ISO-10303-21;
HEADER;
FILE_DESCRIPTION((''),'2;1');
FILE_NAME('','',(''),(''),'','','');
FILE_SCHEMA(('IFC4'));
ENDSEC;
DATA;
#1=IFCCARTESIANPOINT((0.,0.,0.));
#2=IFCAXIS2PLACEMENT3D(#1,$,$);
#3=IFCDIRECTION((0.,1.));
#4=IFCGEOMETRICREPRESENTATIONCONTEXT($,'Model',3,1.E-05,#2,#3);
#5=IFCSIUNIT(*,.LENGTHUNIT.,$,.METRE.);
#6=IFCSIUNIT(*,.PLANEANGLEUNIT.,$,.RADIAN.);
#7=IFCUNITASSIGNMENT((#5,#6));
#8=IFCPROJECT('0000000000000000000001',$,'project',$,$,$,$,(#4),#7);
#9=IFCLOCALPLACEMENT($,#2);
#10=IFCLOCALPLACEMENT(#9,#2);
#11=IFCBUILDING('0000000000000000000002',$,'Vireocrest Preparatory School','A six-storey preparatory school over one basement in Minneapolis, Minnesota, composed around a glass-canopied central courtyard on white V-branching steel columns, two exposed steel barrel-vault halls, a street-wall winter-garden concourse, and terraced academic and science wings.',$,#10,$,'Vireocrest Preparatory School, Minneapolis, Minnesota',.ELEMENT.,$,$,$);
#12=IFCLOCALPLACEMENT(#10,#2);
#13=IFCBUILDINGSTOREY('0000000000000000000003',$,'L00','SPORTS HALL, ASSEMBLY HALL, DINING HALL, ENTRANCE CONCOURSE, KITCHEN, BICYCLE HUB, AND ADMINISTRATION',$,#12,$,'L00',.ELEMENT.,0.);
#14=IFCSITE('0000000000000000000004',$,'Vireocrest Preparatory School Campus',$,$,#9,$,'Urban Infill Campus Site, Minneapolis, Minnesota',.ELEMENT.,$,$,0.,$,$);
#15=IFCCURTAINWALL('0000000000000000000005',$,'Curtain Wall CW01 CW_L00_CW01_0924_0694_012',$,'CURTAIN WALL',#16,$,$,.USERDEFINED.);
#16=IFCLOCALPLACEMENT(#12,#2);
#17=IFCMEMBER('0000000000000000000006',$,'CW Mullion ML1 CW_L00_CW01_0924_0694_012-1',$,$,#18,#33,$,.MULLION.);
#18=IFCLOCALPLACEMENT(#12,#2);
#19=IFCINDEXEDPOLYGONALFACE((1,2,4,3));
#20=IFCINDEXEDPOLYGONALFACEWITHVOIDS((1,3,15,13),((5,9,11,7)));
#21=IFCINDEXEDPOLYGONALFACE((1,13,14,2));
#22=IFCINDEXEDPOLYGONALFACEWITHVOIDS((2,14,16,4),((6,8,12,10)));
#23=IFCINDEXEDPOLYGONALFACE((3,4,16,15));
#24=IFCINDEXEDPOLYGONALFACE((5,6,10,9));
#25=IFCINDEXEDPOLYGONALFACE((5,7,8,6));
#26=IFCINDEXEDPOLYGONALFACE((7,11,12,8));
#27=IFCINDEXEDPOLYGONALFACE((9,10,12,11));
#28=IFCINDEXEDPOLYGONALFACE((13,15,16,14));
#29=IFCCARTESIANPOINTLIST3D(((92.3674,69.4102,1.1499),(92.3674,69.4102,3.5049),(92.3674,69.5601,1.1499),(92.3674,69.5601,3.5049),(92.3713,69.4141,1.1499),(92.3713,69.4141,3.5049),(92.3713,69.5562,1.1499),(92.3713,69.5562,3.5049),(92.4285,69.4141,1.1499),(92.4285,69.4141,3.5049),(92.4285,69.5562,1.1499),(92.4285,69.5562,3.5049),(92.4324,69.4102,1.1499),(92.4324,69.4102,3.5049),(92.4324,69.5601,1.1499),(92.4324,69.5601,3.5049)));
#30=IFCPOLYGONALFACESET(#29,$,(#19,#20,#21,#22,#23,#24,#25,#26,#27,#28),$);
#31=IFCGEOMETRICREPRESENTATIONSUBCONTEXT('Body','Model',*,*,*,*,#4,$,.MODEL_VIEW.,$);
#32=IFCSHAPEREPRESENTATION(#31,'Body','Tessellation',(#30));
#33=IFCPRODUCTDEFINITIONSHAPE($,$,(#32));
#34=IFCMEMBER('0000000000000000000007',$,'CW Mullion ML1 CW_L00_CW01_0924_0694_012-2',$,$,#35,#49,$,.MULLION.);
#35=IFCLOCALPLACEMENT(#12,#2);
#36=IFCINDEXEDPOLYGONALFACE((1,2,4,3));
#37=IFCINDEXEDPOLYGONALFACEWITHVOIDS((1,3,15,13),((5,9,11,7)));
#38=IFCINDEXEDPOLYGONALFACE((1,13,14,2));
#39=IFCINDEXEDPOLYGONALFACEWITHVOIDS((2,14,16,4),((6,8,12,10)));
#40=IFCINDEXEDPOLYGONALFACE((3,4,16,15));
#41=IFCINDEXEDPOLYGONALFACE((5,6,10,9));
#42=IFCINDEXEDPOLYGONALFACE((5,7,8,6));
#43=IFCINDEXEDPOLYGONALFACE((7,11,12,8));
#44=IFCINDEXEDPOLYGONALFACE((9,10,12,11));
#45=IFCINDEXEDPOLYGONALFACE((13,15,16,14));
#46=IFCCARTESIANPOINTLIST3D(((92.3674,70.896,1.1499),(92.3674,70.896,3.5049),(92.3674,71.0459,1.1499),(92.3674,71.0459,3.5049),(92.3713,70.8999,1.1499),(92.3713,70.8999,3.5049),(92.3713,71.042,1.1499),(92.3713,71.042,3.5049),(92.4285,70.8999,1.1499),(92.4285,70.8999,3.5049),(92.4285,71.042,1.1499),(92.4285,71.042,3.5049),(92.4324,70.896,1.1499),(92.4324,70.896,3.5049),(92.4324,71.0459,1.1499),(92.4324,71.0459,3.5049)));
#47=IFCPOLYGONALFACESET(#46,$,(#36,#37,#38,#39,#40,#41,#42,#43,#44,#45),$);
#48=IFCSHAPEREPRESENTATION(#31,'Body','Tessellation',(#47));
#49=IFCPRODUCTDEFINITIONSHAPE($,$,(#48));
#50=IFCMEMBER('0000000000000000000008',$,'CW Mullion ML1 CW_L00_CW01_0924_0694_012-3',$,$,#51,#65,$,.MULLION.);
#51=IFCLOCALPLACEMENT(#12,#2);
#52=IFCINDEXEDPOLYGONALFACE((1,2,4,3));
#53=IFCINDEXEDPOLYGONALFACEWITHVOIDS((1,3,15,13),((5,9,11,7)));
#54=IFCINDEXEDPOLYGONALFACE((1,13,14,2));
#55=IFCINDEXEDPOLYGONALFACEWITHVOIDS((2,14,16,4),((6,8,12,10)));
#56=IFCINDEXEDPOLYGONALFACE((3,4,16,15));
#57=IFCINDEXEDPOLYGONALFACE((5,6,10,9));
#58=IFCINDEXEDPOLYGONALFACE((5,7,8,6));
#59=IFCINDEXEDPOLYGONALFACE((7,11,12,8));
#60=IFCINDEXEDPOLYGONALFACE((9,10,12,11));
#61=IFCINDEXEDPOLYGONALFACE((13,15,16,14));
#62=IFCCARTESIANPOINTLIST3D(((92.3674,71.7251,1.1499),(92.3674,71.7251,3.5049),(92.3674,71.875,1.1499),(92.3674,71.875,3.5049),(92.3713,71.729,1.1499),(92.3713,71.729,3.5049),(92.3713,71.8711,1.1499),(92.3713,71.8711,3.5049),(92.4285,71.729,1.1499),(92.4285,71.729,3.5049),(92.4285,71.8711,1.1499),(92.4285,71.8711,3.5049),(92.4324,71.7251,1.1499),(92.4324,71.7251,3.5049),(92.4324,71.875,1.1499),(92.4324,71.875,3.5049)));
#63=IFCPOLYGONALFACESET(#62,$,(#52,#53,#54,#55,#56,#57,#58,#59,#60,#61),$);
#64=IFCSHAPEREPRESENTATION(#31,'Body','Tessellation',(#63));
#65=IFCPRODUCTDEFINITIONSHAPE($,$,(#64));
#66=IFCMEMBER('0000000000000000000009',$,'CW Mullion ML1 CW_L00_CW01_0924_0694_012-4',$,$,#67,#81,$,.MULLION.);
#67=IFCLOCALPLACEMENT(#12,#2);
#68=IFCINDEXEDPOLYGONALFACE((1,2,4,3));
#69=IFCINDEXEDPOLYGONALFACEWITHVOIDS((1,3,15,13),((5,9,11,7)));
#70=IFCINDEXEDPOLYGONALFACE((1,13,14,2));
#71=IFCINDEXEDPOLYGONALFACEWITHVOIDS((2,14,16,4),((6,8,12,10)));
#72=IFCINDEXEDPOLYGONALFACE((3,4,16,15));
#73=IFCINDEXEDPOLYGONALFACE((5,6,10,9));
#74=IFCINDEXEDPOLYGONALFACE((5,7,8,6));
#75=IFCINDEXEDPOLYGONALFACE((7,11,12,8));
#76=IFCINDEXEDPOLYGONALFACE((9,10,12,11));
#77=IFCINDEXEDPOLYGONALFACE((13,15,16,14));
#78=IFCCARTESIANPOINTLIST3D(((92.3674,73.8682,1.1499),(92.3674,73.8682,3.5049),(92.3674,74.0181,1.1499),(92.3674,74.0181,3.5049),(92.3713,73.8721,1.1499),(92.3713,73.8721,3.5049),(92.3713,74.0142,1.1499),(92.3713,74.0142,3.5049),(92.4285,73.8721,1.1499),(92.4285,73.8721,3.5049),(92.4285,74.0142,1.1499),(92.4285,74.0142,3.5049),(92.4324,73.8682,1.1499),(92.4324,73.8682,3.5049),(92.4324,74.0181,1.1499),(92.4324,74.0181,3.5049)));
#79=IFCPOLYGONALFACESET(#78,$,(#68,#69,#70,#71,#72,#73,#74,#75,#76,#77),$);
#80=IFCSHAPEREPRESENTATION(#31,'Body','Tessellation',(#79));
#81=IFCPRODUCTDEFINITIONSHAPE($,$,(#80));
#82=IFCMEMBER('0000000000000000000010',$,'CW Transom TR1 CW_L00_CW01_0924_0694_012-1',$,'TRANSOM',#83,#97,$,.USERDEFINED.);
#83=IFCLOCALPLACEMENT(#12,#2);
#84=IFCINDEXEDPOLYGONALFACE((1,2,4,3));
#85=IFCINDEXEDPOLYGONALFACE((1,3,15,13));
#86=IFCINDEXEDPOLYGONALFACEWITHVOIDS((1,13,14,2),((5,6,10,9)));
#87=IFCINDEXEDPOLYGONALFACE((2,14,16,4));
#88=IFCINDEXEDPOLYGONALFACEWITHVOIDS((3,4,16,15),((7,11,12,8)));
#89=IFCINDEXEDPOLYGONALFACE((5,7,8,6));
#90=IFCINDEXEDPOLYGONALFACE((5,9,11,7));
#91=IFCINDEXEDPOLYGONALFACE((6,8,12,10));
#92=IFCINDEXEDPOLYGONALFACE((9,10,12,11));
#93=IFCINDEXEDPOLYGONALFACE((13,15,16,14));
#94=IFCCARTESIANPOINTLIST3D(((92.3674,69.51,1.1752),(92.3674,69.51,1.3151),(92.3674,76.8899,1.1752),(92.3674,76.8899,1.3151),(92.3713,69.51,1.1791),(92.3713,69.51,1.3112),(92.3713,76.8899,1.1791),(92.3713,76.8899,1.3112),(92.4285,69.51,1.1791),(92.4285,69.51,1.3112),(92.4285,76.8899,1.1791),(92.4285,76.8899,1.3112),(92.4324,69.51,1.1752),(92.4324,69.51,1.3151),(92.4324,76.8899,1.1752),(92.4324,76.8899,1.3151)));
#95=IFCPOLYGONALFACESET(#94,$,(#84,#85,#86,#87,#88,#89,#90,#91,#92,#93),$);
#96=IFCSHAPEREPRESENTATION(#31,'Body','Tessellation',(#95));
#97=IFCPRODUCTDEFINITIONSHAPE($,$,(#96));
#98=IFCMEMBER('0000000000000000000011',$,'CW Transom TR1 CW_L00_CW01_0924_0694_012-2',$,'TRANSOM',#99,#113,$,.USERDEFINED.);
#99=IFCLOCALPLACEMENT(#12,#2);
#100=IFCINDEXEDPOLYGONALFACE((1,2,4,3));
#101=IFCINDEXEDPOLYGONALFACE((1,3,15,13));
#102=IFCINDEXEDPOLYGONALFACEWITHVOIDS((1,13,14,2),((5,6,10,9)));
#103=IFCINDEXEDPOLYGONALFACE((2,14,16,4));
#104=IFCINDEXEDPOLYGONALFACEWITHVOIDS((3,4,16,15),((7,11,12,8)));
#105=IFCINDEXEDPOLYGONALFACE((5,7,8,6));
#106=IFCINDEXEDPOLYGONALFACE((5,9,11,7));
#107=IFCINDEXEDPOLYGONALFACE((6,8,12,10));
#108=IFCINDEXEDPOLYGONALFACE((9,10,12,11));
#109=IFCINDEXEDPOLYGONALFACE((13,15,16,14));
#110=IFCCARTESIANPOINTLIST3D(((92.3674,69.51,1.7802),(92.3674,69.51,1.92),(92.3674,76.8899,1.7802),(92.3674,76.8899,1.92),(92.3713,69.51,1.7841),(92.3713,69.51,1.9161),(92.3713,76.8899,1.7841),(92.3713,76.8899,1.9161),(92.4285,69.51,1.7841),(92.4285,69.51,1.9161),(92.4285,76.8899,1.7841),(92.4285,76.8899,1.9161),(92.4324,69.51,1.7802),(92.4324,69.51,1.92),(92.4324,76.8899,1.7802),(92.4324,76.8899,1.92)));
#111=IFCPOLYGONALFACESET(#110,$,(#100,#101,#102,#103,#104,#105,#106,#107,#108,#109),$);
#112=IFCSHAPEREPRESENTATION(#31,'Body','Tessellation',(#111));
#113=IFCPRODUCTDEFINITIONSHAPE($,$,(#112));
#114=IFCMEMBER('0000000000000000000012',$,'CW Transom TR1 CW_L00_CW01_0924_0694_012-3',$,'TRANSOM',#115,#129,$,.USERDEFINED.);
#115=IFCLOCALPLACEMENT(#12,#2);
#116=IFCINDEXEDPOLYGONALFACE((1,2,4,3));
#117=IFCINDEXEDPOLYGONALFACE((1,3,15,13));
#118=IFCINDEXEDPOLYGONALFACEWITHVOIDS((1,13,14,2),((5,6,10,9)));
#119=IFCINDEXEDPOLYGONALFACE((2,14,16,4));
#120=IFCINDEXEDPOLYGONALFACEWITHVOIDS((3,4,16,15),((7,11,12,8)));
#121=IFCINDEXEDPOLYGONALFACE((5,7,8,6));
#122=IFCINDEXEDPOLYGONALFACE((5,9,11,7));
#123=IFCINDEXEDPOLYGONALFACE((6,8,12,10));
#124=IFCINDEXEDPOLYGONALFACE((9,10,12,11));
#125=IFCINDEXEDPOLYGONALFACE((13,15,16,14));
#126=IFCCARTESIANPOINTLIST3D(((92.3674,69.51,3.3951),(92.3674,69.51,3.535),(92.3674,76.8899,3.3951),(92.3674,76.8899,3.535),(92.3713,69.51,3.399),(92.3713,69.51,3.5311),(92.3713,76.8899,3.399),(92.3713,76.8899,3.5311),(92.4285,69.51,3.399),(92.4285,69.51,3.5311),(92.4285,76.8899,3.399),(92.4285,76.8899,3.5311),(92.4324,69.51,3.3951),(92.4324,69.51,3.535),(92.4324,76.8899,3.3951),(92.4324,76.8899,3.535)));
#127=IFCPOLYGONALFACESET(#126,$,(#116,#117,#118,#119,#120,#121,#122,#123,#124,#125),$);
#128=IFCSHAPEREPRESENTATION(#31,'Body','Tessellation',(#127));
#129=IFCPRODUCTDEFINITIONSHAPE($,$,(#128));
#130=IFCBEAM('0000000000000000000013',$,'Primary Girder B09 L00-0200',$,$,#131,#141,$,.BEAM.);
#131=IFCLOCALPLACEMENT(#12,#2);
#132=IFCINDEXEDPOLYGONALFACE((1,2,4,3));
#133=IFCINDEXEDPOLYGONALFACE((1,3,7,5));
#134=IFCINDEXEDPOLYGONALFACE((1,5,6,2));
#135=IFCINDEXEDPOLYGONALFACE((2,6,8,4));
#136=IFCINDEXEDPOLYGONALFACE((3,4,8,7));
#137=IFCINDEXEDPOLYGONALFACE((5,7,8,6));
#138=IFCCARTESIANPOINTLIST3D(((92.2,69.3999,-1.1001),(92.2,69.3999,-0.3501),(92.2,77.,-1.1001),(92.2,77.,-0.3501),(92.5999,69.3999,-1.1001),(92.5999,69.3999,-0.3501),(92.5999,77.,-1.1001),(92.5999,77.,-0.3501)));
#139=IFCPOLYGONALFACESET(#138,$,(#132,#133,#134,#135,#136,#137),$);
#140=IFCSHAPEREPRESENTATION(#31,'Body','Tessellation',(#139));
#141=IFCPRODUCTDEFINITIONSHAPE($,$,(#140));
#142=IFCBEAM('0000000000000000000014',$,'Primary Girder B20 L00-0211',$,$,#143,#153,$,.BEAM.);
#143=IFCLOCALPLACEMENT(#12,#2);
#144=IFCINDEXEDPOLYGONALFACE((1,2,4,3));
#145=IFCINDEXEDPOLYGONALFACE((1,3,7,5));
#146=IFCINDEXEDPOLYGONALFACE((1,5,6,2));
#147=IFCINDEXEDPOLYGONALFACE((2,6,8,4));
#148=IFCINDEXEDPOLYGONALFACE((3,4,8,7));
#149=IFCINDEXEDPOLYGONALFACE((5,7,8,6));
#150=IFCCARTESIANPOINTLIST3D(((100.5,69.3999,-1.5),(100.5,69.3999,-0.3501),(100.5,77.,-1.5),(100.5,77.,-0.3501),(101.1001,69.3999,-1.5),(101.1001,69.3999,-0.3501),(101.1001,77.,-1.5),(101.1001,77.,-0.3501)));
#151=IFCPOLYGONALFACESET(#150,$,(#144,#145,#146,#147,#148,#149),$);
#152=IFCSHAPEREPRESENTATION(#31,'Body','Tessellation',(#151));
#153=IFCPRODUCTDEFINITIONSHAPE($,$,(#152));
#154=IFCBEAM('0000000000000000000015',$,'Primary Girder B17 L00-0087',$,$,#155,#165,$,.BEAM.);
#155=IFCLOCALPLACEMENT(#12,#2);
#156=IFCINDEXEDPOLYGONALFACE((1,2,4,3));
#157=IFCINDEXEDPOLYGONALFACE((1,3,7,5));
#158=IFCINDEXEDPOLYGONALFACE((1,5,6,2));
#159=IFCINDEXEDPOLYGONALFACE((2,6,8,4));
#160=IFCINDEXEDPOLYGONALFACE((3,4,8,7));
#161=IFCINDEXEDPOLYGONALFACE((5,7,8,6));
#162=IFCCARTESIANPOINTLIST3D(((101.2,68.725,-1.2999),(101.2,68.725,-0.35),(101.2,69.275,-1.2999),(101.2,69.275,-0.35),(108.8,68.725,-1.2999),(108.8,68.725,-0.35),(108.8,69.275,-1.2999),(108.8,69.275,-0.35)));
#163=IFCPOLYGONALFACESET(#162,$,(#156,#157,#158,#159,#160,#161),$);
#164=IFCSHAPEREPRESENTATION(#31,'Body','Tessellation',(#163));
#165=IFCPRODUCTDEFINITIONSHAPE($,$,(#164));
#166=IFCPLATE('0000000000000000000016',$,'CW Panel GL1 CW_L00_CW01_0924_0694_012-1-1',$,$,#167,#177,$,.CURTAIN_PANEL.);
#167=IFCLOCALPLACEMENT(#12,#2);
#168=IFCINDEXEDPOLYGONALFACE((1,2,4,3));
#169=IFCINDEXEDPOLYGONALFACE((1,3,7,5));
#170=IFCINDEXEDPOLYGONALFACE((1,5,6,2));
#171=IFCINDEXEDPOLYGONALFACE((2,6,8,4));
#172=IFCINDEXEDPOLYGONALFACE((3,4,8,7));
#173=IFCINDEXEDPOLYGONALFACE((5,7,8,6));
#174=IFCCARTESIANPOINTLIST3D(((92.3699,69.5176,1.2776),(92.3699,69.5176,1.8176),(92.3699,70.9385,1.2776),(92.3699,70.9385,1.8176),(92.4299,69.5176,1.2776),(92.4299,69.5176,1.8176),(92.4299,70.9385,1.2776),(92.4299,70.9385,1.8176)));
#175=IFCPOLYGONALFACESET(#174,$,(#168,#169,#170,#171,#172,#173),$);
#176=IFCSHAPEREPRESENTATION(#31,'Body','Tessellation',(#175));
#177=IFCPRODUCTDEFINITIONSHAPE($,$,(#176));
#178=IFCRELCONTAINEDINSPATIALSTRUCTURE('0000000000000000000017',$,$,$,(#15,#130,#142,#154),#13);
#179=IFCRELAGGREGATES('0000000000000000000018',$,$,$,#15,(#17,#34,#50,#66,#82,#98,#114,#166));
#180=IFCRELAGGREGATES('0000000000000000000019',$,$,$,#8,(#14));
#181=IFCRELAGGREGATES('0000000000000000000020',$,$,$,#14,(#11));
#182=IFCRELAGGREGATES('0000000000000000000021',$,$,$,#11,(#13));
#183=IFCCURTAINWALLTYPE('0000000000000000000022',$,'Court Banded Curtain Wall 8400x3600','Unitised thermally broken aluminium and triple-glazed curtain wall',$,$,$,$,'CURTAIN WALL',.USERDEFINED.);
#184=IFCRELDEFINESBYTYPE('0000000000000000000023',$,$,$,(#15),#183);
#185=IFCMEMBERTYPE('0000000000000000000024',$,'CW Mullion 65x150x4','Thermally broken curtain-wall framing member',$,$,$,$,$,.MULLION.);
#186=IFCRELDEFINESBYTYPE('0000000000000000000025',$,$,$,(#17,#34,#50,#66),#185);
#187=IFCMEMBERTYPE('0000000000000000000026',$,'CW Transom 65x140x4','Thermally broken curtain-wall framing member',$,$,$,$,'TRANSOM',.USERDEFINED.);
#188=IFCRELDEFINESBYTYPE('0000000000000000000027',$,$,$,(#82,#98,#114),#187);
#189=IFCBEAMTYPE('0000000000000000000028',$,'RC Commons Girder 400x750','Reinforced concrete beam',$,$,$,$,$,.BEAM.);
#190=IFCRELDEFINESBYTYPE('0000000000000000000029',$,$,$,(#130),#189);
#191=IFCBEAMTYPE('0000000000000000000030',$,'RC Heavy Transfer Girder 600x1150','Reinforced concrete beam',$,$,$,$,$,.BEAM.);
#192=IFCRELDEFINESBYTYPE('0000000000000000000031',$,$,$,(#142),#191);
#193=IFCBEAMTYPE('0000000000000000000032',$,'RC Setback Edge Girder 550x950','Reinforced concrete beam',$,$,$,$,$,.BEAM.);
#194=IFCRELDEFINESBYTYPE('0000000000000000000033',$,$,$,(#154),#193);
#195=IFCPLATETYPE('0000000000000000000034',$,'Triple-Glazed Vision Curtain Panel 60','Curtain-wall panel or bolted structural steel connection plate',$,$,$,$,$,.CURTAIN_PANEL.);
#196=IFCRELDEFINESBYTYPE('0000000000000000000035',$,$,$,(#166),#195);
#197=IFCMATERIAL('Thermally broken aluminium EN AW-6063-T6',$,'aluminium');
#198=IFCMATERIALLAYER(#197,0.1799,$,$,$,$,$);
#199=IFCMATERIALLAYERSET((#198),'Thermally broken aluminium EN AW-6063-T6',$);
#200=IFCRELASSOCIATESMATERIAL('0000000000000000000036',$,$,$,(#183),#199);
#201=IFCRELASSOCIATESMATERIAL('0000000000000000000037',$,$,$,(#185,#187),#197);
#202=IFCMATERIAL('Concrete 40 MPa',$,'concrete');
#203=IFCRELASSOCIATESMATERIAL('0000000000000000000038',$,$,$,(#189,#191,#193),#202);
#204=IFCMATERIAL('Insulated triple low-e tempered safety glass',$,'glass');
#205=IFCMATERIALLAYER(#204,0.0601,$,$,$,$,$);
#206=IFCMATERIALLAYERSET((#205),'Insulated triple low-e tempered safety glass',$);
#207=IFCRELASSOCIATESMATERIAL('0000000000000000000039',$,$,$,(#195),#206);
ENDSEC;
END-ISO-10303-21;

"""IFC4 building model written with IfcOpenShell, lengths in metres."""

from ifc_helpers import new_model, si_unit, direction, frame, origin, origin_2d, place, context, subcontext, project, spatial, rectangle, hollow_rectangle, extrude, material, layer, layer_set, material_profile, profile_set, type_object, element, aggregate, save


model = new_model("IFC4")

# Units and contexts
model_context = context("Model", 3, precision=1e-05, world=origin(), true_north=direction((0.0, 1.0)))
body_context = subcontext(model_context, "Body", "Model", "MODEL_VIEW")
ifc_project = project(units=[si_unit("LENGTHUNIT", "METRE"), si_unit("PLANEANGLEUNIT", "RADIAN")], contexts=[model_context])

# Site, building, storey
site_placement = place(None, origin())
site = spatial("IfcSite", under=ifc_project, at=site_placement, Name="Vireocrest Preparatory School Campus", LongName="Urban Infill Campus Site, Minneapolis, Minnesota", CompositionType="ELEMENT", RefElevation=0.0)
building_placement = place(site_placement, origin())
building = spatial("IfcBuilding", under=site, at=building_placement, Name="Vireocrest Preparatory School", Description="A six-storey preparatory school over one basement in Minneapolis, Minnesota, composed around a glass-canopied central courtyard on white V-branching steel columns, two exposed steel barrel-vault halls, a street-wall winter-garden concourse, and terraced academic and science wings.", LongName="Vireocrest Preparatory School, Minneapolis, Minnesota", CompositionType="ELEMENT")
storey_placement = place(building_placement, origin())
storey = spatial("IfcBuildingStorey", under=building, at=storey_placement, Name="L00", Description="SPORTS HALL, ASSEMBLY HALL, DINING HALL, ENTRANCE CONCOURSE, KITCHEN, BICYCLE HUB, AND ADMINISTRATION", LongName="L00", CompositionType="ELEMENT", Elevation=0.0)

# Curtain wall, members
ifc_material_1 = material(Name="Thermally broken aluminium EN AW-6063-T6", Category="aluminium")
ifc_layer_1 = layer(ifc_material_1, 0.1799)
ifc_layer_set_1 = layer_set([ifc_layer_1], Name="Thermally broken aluminium EN AW-6063-T6")
curtain_wall_type = type_object("IfcCurtainWallType", Name="Court Banded Curtain Wall 8400x3600", Description="Unitised thermally broken aluminium and triple-glazed curtain wall", ElementType="CURTAIN WALL", PredefinedType="USERDEFINED", material=ifc_layer_set_1)
curtain_wall_placement = place(storey_placement, origin())
curtain_wall = element("IfcCurtainWall", 1, at=curtain_wall_placement, inside=storey, type_object=curtain_wall_type, Name="Curtain Wall CW01 CW_L00_CW01_0924_0694_012", ObjectType="CURTAIN WALL", PredefinedType="USERDEFINED")
ifc_material_profile_1 = material_profile(ifc_material_1, hollow_rectangle(XDim=0.0649, YDim=0.1499, WallThickness=0.0039, at=origin_2d()), Name="ALU 65x150x4")
ifc_profile_set_1 = profile_set([ifc_material_profile_1], Name="Thermally broken aluminium EN AW-6063-T6")
member_type_1 = type_object("IfcMemberType", Name="CW Mullion 65x150x4", Description="Thermally broken curtain-wall framing member", PredefinedType="MULLION", material=ifc_profile_set_1)
member_1_placement = place(storey_placement, frame((92.3999, 69.4851, 1.1499), z_axis=(0.0, 0.0, 1.0), x_axis=(1.0, 0.0, 0.0)))
member_1 = element("IfcMember", 2, at=member_1_placement, type_object=member_type_1, Name="CW Mullion ML1 CW_L00_CW01_0924_0694_012-1", PredefinedType="MULLION", context=body_context, shape_type="SweptSolid", body=[
    extrude(hollow_rectangle(XDim=0.0649, YDim=0.1499, WallThickness=0.0039, at=origin_2d()), origin(), (0.0, 0.0, 1.0), 2.355),
])
member_2_placement = place(storey_placement, frame((92.3999, 70.9709, 1.1499), z_axis=(0.0, 0.0, 1.0), x_axis=(1.0, 0.0, 0.0)))
member_2 = element("IfcMember", 3, at=member_2_placement, type_object=member_type_1, Name="CW Mullion ML1 CW_L00_CW01_0924_0694_012-2", PredefinedType="MULLION", context=body_context, shape_type="SweptSolid", body=[
    extrude(hollow_rectangle(XDim=0.0649, YDim=0.1499, WallThickness=0.0039, at=origin_2d()), origin(), (0.0, 0.0, 1.0), 2.355),
])
member_3_placement = place(storey_placement, frame((92.3999, 71.8, 1.1499), z_axis=(0.0, 0.0, 1.0), x_axis=(1.0, 0.0, 0.0)))
member_3 = element("IfcMember", 4, at=member_3_placement, type_object=member_type_1, Name="CW Mullion ML1 CW_L00_CW01_0924_0694_012-3", PredefinedType="MULLION", context=body_context, shape_type="SweptSolid", body=[
    extrude(hollow_rectangle(XDim=0.0649, YDim=0.1499, WallThickness=0.0039, at=origin_2d()), origin(), (0.0, 0.0, 1.0), 2.355),
])
member_4_placement = place(storey_placement, frame((92.3999, 73.9431, 1.1499), z_axis=(0.0, 0.0, 1.0), x_axis=(1.0, 0.0, 0.0)))
member_4 = element("IfcMember", 5, at=member_4_placement, type_object=member_type_1, Name="CW Mullion ML1 CW_L00_CW01_0924_0694_012-4", PredefinedType="MULLION", context=body_context, shape_type="SweptSolid", body=[
    extrude(hollow_rectangle(XDim=0.0649, YDim=0.1499, WallThickness=0.0039, at=origin_2d()), origin(), (0.0, 0.0, 1.0), 2.355),
])
ifc_material_profile_2 = material_profile(ifc_material_1, hollow_rectangle(XDim=0.0649, YDim=0.1399, WallThickness=0.0039, at=origin_2d()), Name="ALU 65x140x4")
ifc_profile_set_2 = profile_set([ifc_material_profile_2], Name="Thermally broken aluminium EN AW-6063-T6")
member_type_2 = type_object("IfcMemberType", Name="CW Transom 65x140x4", Description="Thermally broken curtain-wall framing member", ElementType="TRANSOM", PredefinedType="USERDEFINED", material=ifc_profile_set_2)
member_5_placement = place(storey_placement, frame((92.3999, 69.51, 1.2451), z_axis=(0.0, 1.0, 0.0), x_axis=(-1.0, 0.0, 0.0)))
member_5 = element("IfcMember", 6, at=member_5_placement, type_object=member_type_2, Name="CW Transom TR1 CW_L00_CW01_0924_0694_012-1", ObjectType="TRANSOM", PredefinedType="USERDEFINED", context=body_context, shape_type="SweptSolid", body=[
    extrude(hollow_rectangle(XDim=0.0649, YDim=0.1399, WallThickness=0.0039, at=origin_2d()), origin(), (0.0, 0.0, 1.0), 7.3799),
])
member_6_placement = place(storey_placement, frame((92.3999, 69.51, 1.8501), z_axis=(0.0, 1.0, 0.0), x_axis=(-1.0, 0.0, 0.0)))
member_6 = element("IfcMember", 7, at=member_6_placement, type_object=member_type_2, Name="CW Transom TR1 CW_L00_CW01_0924_0694_012-2", ObjectType="TRANSOM", PredefinedType="USERDEFINED", context=body_context, shape_type="SweptSolid", body=[
    extrude(hollow_rectangle(XDim=0.0649, YDim=0.1399, WallThickness=0.0039, at=origin_2d()), origin(), (0.0, 0.0, 1.0), 7.3799),
])
member_7_placement = place(storey_placement, frame((92.3999, 69.51, 3.4651), z_axis=(0.0, 1.0, 0.0), x_axis=(-1.0, 0.0, 0.0)))
member_7 = element("IfcMember", 8, at=member_7_placement, type_object=member_type_2, Name="CW Transom TR1 CW_L00_CW01_0924_0694_012-3", ObjectType="TRANSOM", PredefinedType="USERDEFINED", context=body_context, shape_type="SweptSolid", body=[
    extrude(hollow_rectangle(XDim=0.0649, YDim=0.1399, WallThickness=0.0039, at=origin_2d()), origin(), (0.0, 0.0, 1.0), 7.3799),
])

# Beams
ifc_material_2 = material(Name="Concrete 40 MPa", Category="concrete")
ifc_material_profile_3 = material_profile(ifc_material_2, rectangle(XDim=0.3999, YDim=0.75, at=origin_2d()), Name="RC 400x750")
ifc_profile_set_3 = profile_set([ifc_material_profile_3], Name="Concrete 40 MPa")
beam_type_1 = type_object("IfcBeamType", Name="RC Commons Girder 400x750", Description="Reinforced concrete beam", PredefinedType="BEAM", material=ifc_profile_set_3)
beam_1_placement = place(storey_placement, frame((92.3999, 69.3999, -0.7251), z_axis=(0.0, 1.0, 0.0), x_axis=(-1.0, 0.0, 0.0)))
element("IfcBeam", 9, at=beam_1_placement, inside=storey, type_object=beam_type_1, Name="Primary Girder B09 L00-0200", PredefinedType="BEAM", context=body_context, shape_type="SweptSolid", body=[
    extrude(rectangle(XDim=0.3999, YDim=0.75, at=origin_2d()), origin(), (0.0, 0.0, 1.0), 7.6001),
])
ifc_material_profile_4 = material_profile(ifc_material_2, rectangle(XDim=0.6001, YDim=1.1499, at=origin_2d()), Name="RC 600x1150")
ifc_profile_set_4 = profile_set([ifc_material_profile_4], Name="Concrete 40 MPa")
beam_type_2 = type_object("IfcBeamType", Name="RC Heavy Transfer Girder 600x1150", Description="Reinforced concrete beam", PredefinedType="BEAM", material=ifc_profile_set_4)
beam_2_placement = place(storey_placement, frame((100.8, 69.3999, -0.925), z_axis=(0.0, 1.0, 0.0), x_axis=(-1.0, 0.0, 0.0)))
element("IfcBeam", 10, at=beam_2_placement, inside=storey, type_object=beam_type_2, Name="Primary Girder B20 L00-0211", PredefinedType="BEAM", context=body_context, shape_type="SweptSolid", body=[
    extrude(rectangle(XDim=0.6001, YDim=1.1499, at=origin_2d()), origin(), (0.0, 0.0, 1.0), 7.6001),
])
ifc_material_profile_5 = material_profile(ifc_material_2, rectangle(XDim=0.55, YDim=0.95, at=origin_2d()), Name="RC 550x950")
ifc_profile_set_5 = profile_set([ifc_material_profile_5], Name="Concrete 40 MPa")
beam_type_3 = type_object("IfcBeamType", Name="RC Setback Edge Girder 550x950", Description="Reinforced concrete beam", PredefinedType="BEAM", material=ifc_profile_set_5)
beam_3_placement = place(storey_placement, frame((101.2, 69.0, -0.825), z_axis=(1.0, 0.0, 0.0), x_axis=(0.0, 1.0, 0.0)))
element("IfcBeam", 11, at=beam_3_placement, inside=storey, type_object=beam_type_3, Name="Primary Girder B17 L00-0087", PredefinedType="BEAM", context=body_context, shape_type="SweptSolid", body=[
    extrude(rectangle(XDim=0.55, YDim=0.95, at=origin_2d()), origin(), (0.0, 0.0, 1.0), 7.6001),
])

# Plate
ifc_material_3 = material(Name="Insulated triple low-e tempered safety glass", Category="glass")
ifc_layer_2 = layer(ifc_material_3, 0.0601)
ifc_layer_set_2 = layer_set([ifc_layer_2], Name="Insulated triple low-e tempered safety glass")
plate_type = type_object("IfcPlateType", Name="Triple-Glazed Vision Curtain Panel 60", Description="Curtain-wall panel or bolted structural steel connection plate", PredefinedType="CURTAIN_PANEL", material=ifc_layer_set_2)
plate_1_placement = place(storey_placement, frame((92.3999, 70.228, 1.2776), z_axis=(0.0, 0.0, 1.0), x_axis=(0.0, 1.0, 0.0)))
plate_1 = element("IfcPlate", 12, at=plate_1_placement, type_object=plate_type, Name="CW Panel GL1 CW_L00_CW01_0924_0694_012-1-1", PredefinedType="CURTAIN_PANEL", context=body_context, shape_type="SweptSolid", body=[
    extrude(rectangle(XDim=1.4209, YDim=0.0601, at=origin_2d()), origin(), (0.0, 0.0, 1.0), 0.54),
])
aggregate(curtain_wall, [member_1, member_2, member_3, member_4, member_5, member_6, member_7, plate_1])

save(model, "model.ifc")
